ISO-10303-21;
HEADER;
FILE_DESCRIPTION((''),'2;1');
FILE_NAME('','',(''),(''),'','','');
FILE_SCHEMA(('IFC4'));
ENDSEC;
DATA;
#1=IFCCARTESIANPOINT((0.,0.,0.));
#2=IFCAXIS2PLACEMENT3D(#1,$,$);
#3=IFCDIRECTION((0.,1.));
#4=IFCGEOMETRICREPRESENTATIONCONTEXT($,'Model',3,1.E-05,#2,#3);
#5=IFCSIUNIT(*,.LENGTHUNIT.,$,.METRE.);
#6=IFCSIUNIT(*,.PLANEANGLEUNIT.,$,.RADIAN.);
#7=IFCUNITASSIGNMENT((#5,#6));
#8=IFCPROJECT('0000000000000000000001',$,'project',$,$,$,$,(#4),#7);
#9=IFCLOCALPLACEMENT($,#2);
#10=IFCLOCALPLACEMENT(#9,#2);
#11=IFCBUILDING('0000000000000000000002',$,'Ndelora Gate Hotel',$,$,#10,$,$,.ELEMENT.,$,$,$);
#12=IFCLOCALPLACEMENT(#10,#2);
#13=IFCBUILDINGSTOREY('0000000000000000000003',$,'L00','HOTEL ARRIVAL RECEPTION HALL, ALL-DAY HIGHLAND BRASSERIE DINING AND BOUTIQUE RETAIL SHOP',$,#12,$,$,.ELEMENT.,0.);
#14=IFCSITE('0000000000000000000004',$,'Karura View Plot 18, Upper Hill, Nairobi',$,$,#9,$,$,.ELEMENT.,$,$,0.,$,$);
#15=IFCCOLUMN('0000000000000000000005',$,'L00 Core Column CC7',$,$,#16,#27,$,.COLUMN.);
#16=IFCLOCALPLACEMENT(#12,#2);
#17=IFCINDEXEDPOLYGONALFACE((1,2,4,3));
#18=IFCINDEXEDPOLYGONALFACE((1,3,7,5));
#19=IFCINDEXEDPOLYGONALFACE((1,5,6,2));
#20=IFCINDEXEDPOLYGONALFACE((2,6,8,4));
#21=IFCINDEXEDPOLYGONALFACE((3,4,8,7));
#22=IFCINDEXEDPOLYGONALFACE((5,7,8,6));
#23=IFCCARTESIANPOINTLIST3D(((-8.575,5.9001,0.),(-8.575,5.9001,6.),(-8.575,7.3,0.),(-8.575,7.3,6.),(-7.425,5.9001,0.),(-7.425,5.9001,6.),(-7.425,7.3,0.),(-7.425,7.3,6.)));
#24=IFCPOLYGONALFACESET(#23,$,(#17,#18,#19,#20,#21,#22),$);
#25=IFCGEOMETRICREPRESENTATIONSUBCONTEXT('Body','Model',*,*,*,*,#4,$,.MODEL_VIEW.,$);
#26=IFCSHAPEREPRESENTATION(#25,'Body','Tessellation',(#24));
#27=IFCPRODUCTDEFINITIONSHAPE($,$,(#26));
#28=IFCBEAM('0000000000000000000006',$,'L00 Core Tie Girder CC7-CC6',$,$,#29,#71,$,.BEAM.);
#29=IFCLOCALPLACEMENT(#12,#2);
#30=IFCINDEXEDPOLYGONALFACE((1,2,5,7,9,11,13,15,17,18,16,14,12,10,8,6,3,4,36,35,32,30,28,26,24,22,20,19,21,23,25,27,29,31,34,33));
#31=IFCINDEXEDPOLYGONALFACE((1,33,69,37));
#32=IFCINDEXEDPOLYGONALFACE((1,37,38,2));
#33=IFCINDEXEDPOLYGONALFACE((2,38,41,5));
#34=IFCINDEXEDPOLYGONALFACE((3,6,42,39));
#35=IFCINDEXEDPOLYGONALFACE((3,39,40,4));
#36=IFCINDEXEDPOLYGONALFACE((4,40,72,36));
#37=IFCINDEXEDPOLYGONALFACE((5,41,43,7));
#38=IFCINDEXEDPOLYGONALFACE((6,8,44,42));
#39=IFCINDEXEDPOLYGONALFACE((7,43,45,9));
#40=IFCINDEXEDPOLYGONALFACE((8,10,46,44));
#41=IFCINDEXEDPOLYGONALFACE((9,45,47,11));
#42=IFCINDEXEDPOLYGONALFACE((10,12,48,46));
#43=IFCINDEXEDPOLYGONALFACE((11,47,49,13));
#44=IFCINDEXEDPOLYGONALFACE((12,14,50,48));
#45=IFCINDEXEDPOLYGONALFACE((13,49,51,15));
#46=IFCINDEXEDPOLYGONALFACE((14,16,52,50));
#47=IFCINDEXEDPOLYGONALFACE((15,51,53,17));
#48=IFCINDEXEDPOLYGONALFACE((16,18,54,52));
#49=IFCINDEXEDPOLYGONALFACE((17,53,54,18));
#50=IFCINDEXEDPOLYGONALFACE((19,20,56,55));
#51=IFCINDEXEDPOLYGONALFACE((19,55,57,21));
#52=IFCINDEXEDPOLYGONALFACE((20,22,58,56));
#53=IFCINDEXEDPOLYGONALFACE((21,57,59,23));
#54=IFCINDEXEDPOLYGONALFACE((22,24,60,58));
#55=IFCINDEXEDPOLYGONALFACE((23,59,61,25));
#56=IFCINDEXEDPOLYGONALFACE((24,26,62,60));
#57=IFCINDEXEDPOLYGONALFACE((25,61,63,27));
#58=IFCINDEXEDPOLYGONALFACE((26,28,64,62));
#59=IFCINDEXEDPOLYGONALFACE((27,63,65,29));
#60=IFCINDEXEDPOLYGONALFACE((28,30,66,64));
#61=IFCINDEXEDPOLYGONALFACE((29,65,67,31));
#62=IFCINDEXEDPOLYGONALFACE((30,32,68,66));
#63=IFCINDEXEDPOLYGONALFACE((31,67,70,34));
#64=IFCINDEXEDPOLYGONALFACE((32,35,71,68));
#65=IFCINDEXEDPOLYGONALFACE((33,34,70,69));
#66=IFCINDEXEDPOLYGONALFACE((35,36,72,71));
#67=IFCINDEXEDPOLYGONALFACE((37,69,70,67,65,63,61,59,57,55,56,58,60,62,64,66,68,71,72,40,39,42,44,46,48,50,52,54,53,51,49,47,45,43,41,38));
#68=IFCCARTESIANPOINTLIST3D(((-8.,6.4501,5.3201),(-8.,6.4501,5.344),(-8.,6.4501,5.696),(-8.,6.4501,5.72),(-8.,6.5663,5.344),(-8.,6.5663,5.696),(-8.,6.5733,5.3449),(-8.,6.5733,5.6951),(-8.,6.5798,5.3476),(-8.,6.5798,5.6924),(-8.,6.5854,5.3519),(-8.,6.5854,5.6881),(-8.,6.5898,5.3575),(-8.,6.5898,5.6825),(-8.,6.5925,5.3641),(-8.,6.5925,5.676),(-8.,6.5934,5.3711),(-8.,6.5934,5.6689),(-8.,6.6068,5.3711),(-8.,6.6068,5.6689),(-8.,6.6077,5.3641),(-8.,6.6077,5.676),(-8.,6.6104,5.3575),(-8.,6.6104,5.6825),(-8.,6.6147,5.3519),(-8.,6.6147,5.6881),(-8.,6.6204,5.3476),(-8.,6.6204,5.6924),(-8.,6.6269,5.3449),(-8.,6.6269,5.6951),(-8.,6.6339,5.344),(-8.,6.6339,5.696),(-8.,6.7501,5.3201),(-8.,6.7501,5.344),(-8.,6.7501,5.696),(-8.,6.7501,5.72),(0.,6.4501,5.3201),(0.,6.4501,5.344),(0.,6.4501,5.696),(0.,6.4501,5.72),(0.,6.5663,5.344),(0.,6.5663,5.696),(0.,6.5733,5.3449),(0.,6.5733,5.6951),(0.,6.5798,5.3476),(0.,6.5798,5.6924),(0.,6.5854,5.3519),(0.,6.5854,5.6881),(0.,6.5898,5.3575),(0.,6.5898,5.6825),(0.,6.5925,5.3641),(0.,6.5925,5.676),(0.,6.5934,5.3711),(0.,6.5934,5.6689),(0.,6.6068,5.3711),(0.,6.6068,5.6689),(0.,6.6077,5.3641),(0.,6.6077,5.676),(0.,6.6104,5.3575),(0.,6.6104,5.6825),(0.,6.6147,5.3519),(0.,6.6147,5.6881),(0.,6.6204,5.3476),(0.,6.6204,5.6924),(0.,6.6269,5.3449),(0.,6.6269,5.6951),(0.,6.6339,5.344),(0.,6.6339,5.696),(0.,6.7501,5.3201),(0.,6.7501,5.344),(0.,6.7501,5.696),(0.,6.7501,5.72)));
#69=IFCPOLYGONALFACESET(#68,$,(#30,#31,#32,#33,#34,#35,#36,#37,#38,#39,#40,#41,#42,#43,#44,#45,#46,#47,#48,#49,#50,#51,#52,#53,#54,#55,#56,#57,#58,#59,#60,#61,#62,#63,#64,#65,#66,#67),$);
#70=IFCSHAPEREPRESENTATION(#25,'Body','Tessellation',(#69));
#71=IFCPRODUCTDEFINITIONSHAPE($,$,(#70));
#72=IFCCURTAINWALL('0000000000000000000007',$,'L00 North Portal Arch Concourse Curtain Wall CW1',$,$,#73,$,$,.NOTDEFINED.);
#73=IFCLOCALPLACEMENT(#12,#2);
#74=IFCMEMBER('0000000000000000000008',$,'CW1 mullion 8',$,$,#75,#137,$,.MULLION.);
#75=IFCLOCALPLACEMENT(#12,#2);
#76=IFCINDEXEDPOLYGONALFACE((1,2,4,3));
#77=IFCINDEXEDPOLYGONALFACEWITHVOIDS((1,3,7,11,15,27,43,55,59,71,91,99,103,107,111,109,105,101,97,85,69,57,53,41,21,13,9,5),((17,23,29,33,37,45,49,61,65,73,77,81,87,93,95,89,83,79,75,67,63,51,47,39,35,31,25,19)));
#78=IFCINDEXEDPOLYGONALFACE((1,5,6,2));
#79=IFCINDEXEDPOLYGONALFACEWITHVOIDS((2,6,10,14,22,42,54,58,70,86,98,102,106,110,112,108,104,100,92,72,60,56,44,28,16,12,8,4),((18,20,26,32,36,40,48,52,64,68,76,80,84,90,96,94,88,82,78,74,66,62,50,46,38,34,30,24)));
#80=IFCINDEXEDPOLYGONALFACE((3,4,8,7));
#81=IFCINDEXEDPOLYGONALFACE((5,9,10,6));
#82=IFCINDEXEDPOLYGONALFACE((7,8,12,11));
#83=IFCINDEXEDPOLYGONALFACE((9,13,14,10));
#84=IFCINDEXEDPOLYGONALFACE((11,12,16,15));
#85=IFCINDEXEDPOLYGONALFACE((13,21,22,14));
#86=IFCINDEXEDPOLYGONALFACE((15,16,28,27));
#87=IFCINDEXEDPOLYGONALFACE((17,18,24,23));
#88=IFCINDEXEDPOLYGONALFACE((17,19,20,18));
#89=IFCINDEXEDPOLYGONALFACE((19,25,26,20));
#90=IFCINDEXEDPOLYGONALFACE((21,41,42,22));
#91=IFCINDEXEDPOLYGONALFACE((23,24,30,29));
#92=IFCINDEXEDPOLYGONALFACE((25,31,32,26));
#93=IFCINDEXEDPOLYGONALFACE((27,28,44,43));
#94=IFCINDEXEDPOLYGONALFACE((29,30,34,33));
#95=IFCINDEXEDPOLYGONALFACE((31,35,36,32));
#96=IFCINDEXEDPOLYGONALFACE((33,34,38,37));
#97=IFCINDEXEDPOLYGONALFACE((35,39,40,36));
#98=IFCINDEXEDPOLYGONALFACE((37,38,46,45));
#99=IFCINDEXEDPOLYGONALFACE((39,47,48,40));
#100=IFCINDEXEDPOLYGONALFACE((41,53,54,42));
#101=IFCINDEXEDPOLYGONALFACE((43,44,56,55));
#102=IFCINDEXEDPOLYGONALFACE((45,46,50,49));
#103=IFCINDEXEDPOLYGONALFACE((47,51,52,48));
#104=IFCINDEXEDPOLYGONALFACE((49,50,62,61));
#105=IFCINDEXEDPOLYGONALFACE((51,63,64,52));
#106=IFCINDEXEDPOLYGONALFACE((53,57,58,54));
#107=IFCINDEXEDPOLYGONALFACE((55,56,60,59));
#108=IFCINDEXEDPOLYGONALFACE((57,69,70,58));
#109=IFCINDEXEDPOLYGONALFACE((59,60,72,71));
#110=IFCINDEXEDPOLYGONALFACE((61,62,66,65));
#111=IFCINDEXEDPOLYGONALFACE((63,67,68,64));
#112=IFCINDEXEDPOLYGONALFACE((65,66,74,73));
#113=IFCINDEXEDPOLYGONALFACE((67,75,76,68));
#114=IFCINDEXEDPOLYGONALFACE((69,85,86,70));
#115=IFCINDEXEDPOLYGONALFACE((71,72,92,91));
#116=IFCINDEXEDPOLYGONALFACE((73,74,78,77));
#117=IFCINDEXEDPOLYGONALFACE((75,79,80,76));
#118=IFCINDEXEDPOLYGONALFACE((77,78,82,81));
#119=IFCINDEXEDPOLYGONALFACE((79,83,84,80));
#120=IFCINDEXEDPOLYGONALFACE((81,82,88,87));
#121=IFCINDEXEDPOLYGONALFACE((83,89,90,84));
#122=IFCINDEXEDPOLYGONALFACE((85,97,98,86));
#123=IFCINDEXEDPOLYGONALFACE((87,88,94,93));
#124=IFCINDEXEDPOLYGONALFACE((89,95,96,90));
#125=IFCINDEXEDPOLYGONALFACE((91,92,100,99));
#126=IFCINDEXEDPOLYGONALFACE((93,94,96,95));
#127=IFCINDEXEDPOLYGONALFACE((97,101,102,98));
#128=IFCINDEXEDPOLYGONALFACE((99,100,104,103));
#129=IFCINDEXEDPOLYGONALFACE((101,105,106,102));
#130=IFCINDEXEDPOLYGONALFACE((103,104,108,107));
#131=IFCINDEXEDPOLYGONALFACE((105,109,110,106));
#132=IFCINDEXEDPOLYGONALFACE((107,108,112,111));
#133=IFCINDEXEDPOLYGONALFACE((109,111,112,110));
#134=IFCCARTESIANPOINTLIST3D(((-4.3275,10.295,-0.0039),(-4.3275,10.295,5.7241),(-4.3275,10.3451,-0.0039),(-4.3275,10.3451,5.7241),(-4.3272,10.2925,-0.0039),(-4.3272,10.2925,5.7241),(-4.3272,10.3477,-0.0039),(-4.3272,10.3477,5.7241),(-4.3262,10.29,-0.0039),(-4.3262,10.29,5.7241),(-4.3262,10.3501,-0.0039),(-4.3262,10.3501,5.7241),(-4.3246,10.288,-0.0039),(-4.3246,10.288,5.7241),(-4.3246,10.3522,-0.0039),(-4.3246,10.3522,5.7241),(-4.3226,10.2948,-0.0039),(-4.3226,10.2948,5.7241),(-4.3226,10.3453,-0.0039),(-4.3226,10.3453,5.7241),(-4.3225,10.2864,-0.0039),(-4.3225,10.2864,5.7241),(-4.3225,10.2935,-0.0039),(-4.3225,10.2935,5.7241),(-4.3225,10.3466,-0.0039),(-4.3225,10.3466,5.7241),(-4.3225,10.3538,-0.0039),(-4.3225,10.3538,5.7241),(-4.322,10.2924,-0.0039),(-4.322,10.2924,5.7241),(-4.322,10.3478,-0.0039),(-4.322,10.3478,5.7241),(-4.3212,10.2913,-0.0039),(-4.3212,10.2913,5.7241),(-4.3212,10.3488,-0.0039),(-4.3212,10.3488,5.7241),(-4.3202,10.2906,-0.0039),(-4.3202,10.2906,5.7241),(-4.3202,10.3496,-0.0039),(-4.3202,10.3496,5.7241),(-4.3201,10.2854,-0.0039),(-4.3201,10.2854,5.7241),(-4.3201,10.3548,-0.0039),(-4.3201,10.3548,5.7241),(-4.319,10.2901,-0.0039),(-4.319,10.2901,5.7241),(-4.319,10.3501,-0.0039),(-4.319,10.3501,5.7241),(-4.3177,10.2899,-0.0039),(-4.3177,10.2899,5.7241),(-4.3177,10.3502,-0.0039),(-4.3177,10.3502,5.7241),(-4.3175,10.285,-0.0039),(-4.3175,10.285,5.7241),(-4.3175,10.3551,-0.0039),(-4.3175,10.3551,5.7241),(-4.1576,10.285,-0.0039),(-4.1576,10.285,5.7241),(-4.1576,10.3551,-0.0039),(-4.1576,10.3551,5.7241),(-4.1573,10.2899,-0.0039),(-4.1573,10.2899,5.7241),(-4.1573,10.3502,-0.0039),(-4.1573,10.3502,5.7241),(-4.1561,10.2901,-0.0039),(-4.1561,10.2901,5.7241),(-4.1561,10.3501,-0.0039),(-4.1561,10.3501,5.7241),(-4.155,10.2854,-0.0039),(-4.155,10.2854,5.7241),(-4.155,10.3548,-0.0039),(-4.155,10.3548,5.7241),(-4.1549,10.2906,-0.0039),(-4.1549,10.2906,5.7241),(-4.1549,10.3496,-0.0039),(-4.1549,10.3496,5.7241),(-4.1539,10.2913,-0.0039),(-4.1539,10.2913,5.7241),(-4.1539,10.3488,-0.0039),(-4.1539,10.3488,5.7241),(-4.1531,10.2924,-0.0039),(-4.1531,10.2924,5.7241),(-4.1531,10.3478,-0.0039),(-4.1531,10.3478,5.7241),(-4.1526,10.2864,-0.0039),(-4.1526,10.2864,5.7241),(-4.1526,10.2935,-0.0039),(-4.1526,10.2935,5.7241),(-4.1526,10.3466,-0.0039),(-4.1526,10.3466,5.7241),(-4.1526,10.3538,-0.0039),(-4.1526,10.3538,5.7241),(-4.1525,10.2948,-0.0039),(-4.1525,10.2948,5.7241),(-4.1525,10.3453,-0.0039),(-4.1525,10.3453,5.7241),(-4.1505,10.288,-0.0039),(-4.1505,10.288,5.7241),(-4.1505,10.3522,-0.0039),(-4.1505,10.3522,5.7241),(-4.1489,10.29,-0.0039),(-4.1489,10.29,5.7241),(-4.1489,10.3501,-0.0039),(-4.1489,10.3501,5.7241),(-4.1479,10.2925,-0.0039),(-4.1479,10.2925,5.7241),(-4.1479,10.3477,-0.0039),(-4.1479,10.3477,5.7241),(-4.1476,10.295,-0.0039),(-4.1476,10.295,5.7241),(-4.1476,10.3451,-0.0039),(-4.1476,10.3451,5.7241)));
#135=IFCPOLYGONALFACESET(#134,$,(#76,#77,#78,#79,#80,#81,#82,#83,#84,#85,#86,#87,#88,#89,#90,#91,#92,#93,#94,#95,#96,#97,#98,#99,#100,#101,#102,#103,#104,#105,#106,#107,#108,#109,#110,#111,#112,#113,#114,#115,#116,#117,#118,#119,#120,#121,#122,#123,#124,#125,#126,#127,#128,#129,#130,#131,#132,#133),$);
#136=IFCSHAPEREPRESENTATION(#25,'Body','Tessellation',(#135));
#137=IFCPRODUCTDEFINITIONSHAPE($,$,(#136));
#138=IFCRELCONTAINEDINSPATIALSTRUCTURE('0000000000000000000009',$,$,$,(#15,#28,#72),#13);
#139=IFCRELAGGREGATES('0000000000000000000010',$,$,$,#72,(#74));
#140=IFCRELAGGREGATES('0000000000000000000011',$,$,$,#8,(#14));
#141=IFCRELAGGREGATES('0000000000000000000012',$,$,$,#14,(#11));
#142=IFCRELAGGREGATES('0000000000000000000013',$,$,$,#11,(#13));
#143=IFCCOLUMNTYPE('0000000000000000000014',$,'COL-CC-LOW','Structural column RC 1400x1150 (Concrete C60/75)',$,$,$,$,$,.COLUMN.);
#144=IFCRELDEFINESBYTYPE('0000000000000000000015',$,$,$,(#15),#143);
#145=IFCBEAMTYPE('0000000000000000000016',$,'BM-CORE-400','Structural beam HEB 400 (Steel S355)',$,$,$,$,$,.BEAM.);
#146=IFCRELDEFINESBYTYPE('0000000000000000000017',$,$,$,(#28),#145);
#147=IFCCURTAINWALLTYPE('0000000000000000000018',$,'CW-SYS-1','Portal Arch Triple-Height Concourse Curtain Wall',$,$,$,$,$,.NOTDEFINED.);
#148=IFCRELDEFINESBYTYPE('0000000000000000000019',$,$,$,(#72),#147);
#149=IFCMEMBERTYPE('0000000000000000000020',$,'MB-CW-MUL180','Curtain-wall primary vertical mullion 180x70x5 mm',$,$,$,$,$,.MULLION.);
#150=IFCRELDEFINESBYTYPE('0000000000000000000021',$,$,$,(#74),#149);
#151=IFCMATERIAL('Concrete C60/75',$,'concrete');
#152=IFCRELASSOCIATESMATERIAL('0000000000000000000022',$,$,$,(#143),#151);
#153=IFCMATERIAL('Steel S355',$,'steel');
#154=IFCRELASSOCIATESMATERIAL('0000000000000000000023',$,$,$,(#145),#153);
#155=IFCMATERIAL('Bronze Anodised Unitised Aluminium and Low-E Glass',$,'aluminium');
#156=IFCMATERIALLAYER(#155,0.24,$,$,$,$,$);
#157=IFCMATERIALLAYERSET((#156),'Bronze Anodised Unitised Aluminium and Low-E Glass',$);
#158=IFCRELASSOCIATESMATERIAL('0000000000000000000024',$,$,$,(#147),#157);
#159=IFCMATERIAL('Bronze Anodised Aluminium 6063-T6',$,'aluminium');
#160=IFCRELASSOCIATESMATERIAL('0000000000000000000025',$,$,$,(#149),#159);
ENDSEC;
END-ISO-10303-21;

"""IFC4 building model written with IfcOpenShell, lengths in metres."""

from ifc_helpers import new_model, si_unit, direction, frame, origin, origin_2d, place, context, subcontext, project, spatial, rectangle, hollow_rectangle, i_section, extrude, material, layer, layer_set, material_profile, profile_set, type_object, element, aggregate, save


model = new_model("IFC4")

# Units and contexts
model_context = context("Model", 3, precision=1e-05, world=origin(), true_north=direction((0.0, 1.0)))
body_context = subcontext(model_context, "Body", "Model", "MODEL_VIEW")
ifc_project = project(units=[si_unit("LENGTHUNIT", "METRE"), si_unit("PLANEANGLEUNIT", "RADIAN")], contexts=[model_context])

# Site, building, storey
site_placement = place(None, origin())
site = spatial("IfcSite", under=ifc_project, at=site_placement, Name="Karura View Plot 18, Upper Hill, Nairobi", CompositionType="ELEMENT", RefElevation=0.0)
building_placement = place(site_placement, origin())
building = spatial("IfcBuilding", under=site, at=building_placement, Name="Ndelora Gate Hotel", CompositionType="ELEMENT")
storey_placement = place(building_placement, origin())
storey = spatial("IfcBuildingStorey", under=building, at=storey_placement, Name="L00", Description="HOTEL ARRIVAL RECEPTION HALL, ALL-DAY HIGHLAND BRASSERIE DINING AND BOUTIQUE RETAIL SHOP", CompositionType="ELEMENT", Elevation=0.0)

# Column
ifc_material_1 = material(Name="Concrete C60/75", Category="concrete")
ifc_material_profile_1 = material_profile(ifc_material_1, rectangle(XDim=1.1499, YDim=1.3999, at=origin_2d()), Name="RC 1400x1150")
ifc_profile_set_1 = profile_set([ifc_material_profile_1], Name="Concrete C60/75")
column_type = type_object("IfcColumnType", Name="COL-CC-LOW", Description="Structural column RC 1400x1150 (Concrete C60/75)", PredefinedType="COLUMN", material=ifc_profile_set_1)
column_placement = place(storey_placement, frame((-8.0, 6.6001, 0.0), z_axis=(0.0, 0.0, 1.0), x_axis=(1.0, 0.0, 0.0)))
element("IfcColumn", 1, at=column_placement, inside=storey, type_object=column_type, Name="L00 Core Column CC7", PredefinedType="COLUMN", context=body_context, shape_type="SweptSolid", body=[
    extrude(rectangle(XDim=1.1499, YDim=1.3999, at=origin_2d()), origin(), (0.0, 0.0, 1.0), 6.0),
])

# Beam
ifc_material_2 = material(Name="Steel S355", Category="steel")
ifc_material_profile_2 = material_profile(ifc_material_2, i_section(OverallWidth=0.3, OverallDepth=0.3999, WebThickness=0.0134, FlangeThickness=0.0239, FilletRadius=0.0271, at=origin_2d()), Name="HEB 400")
ifc_profile_set_2 = profile_set([ifc_material_profile_2], Name="Steel S355")
beam_type = type_object("IfcBeamType", Name="BM-CORE-400", Description="Structural beam HEB 400 (Steel S355)", PredefinedType="BEAM", material=ifc_profile_set_2)
beam_placement = place(storey_placement, frame((-8.0, 6.6001, 5.52), z_axis=(1.0, 0.0, 0.0), x_axis=(0.0, 1.0, 0.0)))
element("IfcBeam", 2, at=beam_placement, inside=storey, type_object=beam_type, Name="L00 Core Tie Girder CC7-CC6", PredefinedType="BEAM", context=body_context, shape_type="SweptSolid", body=[
    extrude(i_section(OverallWidth=0.3, OverallDepth=0.3999, WebThickness=0.0134, FlangeThickness=0.0239, FilletRadius=0.0271, at=origin_2d()), origin(), (0.0, 0.0, 1.0), 8.0),
])

# Curtain wall, member
ifc_material_3 = material(Name="Bronze Anodised Unitised Aluminium and Low-E Glass", Category="aluminium")
ifc_layer_1 = layer(ifc_material_3, 0.24)
ifc_layer_set_1 = layer_set([ifc_layer_1], Name="Bronze Anodised Unitised Aluminium and Low-E Glass")
curtain_wall_type = type_object("IfcCurtainWallType", Name="CW-SYS-1", Description="Portal Arch Triple-Height Concourse Curtain Wall", PredefinedType="NOTDEFINED", material=ifc_layer_set_1)
curtain_wall_placement = place(storey_placement, origin())
curtain_wall = element("IfcCurtainWall", 3, at=curtain_wall_placement, inside=storey, type_object=curtain_wall_type, Name="L00 North Portal Arch Concourse Curtain Wall CW1", PredefinedType="NOTDEFINED")
ifc_material_4 = material(Name="Bronze Anodised Aluminium 6063-T6", Category="aluminium")
ifc_material_profile_3 = material_profile(ifc_material_4, hollow_rectangle(XDim=0.0701, YDim=0.1799, WallThickness=0.0049, InnerFilletRadius=0.0049, OuterFilletRadius=0.01, at=origin_2d()), Name="ALU 180x70x5")
ifc_profile_set_3 = profile_set([ifc_material_profile_3], Name="Bronze Anodised Aluminium 6063-T6")
member_type_1 = type_object("IfcMemberType", Name="MB-CW-MUL180", Description="Curtain-wall primary vertical mullion 180x70x5 mm", PredefinedType="MULLION", material=ifc_profile_set_3)
member_1_placement = place(storey_placement, frame((-4.2375, 10.3201, -0.0039), z_axis=(0.0, 0.0, 1.0), x_axis=(0.0, -1.0, 0.0)))
member_1 = element("IfcMember", 4, at=member_1_placement, type_object=member_type_1, Name="CW1 mullion 8", PredefinedType="MULLION", context=body_context, shape_type="SweptSolid", body=[
    extrude(hollow_rectangle(XDim=0.0701, YDim=0.1799, WallThickness=0.0049, InnerFilletRadius=0.0049, OuterFilletRadius=0.01, at=origin_2d()), origin(), (0.0, 0.0, 1.0), 5.728),
])
aggregate(curtain_wall, [member_1])

save(model, "model.ifc")
